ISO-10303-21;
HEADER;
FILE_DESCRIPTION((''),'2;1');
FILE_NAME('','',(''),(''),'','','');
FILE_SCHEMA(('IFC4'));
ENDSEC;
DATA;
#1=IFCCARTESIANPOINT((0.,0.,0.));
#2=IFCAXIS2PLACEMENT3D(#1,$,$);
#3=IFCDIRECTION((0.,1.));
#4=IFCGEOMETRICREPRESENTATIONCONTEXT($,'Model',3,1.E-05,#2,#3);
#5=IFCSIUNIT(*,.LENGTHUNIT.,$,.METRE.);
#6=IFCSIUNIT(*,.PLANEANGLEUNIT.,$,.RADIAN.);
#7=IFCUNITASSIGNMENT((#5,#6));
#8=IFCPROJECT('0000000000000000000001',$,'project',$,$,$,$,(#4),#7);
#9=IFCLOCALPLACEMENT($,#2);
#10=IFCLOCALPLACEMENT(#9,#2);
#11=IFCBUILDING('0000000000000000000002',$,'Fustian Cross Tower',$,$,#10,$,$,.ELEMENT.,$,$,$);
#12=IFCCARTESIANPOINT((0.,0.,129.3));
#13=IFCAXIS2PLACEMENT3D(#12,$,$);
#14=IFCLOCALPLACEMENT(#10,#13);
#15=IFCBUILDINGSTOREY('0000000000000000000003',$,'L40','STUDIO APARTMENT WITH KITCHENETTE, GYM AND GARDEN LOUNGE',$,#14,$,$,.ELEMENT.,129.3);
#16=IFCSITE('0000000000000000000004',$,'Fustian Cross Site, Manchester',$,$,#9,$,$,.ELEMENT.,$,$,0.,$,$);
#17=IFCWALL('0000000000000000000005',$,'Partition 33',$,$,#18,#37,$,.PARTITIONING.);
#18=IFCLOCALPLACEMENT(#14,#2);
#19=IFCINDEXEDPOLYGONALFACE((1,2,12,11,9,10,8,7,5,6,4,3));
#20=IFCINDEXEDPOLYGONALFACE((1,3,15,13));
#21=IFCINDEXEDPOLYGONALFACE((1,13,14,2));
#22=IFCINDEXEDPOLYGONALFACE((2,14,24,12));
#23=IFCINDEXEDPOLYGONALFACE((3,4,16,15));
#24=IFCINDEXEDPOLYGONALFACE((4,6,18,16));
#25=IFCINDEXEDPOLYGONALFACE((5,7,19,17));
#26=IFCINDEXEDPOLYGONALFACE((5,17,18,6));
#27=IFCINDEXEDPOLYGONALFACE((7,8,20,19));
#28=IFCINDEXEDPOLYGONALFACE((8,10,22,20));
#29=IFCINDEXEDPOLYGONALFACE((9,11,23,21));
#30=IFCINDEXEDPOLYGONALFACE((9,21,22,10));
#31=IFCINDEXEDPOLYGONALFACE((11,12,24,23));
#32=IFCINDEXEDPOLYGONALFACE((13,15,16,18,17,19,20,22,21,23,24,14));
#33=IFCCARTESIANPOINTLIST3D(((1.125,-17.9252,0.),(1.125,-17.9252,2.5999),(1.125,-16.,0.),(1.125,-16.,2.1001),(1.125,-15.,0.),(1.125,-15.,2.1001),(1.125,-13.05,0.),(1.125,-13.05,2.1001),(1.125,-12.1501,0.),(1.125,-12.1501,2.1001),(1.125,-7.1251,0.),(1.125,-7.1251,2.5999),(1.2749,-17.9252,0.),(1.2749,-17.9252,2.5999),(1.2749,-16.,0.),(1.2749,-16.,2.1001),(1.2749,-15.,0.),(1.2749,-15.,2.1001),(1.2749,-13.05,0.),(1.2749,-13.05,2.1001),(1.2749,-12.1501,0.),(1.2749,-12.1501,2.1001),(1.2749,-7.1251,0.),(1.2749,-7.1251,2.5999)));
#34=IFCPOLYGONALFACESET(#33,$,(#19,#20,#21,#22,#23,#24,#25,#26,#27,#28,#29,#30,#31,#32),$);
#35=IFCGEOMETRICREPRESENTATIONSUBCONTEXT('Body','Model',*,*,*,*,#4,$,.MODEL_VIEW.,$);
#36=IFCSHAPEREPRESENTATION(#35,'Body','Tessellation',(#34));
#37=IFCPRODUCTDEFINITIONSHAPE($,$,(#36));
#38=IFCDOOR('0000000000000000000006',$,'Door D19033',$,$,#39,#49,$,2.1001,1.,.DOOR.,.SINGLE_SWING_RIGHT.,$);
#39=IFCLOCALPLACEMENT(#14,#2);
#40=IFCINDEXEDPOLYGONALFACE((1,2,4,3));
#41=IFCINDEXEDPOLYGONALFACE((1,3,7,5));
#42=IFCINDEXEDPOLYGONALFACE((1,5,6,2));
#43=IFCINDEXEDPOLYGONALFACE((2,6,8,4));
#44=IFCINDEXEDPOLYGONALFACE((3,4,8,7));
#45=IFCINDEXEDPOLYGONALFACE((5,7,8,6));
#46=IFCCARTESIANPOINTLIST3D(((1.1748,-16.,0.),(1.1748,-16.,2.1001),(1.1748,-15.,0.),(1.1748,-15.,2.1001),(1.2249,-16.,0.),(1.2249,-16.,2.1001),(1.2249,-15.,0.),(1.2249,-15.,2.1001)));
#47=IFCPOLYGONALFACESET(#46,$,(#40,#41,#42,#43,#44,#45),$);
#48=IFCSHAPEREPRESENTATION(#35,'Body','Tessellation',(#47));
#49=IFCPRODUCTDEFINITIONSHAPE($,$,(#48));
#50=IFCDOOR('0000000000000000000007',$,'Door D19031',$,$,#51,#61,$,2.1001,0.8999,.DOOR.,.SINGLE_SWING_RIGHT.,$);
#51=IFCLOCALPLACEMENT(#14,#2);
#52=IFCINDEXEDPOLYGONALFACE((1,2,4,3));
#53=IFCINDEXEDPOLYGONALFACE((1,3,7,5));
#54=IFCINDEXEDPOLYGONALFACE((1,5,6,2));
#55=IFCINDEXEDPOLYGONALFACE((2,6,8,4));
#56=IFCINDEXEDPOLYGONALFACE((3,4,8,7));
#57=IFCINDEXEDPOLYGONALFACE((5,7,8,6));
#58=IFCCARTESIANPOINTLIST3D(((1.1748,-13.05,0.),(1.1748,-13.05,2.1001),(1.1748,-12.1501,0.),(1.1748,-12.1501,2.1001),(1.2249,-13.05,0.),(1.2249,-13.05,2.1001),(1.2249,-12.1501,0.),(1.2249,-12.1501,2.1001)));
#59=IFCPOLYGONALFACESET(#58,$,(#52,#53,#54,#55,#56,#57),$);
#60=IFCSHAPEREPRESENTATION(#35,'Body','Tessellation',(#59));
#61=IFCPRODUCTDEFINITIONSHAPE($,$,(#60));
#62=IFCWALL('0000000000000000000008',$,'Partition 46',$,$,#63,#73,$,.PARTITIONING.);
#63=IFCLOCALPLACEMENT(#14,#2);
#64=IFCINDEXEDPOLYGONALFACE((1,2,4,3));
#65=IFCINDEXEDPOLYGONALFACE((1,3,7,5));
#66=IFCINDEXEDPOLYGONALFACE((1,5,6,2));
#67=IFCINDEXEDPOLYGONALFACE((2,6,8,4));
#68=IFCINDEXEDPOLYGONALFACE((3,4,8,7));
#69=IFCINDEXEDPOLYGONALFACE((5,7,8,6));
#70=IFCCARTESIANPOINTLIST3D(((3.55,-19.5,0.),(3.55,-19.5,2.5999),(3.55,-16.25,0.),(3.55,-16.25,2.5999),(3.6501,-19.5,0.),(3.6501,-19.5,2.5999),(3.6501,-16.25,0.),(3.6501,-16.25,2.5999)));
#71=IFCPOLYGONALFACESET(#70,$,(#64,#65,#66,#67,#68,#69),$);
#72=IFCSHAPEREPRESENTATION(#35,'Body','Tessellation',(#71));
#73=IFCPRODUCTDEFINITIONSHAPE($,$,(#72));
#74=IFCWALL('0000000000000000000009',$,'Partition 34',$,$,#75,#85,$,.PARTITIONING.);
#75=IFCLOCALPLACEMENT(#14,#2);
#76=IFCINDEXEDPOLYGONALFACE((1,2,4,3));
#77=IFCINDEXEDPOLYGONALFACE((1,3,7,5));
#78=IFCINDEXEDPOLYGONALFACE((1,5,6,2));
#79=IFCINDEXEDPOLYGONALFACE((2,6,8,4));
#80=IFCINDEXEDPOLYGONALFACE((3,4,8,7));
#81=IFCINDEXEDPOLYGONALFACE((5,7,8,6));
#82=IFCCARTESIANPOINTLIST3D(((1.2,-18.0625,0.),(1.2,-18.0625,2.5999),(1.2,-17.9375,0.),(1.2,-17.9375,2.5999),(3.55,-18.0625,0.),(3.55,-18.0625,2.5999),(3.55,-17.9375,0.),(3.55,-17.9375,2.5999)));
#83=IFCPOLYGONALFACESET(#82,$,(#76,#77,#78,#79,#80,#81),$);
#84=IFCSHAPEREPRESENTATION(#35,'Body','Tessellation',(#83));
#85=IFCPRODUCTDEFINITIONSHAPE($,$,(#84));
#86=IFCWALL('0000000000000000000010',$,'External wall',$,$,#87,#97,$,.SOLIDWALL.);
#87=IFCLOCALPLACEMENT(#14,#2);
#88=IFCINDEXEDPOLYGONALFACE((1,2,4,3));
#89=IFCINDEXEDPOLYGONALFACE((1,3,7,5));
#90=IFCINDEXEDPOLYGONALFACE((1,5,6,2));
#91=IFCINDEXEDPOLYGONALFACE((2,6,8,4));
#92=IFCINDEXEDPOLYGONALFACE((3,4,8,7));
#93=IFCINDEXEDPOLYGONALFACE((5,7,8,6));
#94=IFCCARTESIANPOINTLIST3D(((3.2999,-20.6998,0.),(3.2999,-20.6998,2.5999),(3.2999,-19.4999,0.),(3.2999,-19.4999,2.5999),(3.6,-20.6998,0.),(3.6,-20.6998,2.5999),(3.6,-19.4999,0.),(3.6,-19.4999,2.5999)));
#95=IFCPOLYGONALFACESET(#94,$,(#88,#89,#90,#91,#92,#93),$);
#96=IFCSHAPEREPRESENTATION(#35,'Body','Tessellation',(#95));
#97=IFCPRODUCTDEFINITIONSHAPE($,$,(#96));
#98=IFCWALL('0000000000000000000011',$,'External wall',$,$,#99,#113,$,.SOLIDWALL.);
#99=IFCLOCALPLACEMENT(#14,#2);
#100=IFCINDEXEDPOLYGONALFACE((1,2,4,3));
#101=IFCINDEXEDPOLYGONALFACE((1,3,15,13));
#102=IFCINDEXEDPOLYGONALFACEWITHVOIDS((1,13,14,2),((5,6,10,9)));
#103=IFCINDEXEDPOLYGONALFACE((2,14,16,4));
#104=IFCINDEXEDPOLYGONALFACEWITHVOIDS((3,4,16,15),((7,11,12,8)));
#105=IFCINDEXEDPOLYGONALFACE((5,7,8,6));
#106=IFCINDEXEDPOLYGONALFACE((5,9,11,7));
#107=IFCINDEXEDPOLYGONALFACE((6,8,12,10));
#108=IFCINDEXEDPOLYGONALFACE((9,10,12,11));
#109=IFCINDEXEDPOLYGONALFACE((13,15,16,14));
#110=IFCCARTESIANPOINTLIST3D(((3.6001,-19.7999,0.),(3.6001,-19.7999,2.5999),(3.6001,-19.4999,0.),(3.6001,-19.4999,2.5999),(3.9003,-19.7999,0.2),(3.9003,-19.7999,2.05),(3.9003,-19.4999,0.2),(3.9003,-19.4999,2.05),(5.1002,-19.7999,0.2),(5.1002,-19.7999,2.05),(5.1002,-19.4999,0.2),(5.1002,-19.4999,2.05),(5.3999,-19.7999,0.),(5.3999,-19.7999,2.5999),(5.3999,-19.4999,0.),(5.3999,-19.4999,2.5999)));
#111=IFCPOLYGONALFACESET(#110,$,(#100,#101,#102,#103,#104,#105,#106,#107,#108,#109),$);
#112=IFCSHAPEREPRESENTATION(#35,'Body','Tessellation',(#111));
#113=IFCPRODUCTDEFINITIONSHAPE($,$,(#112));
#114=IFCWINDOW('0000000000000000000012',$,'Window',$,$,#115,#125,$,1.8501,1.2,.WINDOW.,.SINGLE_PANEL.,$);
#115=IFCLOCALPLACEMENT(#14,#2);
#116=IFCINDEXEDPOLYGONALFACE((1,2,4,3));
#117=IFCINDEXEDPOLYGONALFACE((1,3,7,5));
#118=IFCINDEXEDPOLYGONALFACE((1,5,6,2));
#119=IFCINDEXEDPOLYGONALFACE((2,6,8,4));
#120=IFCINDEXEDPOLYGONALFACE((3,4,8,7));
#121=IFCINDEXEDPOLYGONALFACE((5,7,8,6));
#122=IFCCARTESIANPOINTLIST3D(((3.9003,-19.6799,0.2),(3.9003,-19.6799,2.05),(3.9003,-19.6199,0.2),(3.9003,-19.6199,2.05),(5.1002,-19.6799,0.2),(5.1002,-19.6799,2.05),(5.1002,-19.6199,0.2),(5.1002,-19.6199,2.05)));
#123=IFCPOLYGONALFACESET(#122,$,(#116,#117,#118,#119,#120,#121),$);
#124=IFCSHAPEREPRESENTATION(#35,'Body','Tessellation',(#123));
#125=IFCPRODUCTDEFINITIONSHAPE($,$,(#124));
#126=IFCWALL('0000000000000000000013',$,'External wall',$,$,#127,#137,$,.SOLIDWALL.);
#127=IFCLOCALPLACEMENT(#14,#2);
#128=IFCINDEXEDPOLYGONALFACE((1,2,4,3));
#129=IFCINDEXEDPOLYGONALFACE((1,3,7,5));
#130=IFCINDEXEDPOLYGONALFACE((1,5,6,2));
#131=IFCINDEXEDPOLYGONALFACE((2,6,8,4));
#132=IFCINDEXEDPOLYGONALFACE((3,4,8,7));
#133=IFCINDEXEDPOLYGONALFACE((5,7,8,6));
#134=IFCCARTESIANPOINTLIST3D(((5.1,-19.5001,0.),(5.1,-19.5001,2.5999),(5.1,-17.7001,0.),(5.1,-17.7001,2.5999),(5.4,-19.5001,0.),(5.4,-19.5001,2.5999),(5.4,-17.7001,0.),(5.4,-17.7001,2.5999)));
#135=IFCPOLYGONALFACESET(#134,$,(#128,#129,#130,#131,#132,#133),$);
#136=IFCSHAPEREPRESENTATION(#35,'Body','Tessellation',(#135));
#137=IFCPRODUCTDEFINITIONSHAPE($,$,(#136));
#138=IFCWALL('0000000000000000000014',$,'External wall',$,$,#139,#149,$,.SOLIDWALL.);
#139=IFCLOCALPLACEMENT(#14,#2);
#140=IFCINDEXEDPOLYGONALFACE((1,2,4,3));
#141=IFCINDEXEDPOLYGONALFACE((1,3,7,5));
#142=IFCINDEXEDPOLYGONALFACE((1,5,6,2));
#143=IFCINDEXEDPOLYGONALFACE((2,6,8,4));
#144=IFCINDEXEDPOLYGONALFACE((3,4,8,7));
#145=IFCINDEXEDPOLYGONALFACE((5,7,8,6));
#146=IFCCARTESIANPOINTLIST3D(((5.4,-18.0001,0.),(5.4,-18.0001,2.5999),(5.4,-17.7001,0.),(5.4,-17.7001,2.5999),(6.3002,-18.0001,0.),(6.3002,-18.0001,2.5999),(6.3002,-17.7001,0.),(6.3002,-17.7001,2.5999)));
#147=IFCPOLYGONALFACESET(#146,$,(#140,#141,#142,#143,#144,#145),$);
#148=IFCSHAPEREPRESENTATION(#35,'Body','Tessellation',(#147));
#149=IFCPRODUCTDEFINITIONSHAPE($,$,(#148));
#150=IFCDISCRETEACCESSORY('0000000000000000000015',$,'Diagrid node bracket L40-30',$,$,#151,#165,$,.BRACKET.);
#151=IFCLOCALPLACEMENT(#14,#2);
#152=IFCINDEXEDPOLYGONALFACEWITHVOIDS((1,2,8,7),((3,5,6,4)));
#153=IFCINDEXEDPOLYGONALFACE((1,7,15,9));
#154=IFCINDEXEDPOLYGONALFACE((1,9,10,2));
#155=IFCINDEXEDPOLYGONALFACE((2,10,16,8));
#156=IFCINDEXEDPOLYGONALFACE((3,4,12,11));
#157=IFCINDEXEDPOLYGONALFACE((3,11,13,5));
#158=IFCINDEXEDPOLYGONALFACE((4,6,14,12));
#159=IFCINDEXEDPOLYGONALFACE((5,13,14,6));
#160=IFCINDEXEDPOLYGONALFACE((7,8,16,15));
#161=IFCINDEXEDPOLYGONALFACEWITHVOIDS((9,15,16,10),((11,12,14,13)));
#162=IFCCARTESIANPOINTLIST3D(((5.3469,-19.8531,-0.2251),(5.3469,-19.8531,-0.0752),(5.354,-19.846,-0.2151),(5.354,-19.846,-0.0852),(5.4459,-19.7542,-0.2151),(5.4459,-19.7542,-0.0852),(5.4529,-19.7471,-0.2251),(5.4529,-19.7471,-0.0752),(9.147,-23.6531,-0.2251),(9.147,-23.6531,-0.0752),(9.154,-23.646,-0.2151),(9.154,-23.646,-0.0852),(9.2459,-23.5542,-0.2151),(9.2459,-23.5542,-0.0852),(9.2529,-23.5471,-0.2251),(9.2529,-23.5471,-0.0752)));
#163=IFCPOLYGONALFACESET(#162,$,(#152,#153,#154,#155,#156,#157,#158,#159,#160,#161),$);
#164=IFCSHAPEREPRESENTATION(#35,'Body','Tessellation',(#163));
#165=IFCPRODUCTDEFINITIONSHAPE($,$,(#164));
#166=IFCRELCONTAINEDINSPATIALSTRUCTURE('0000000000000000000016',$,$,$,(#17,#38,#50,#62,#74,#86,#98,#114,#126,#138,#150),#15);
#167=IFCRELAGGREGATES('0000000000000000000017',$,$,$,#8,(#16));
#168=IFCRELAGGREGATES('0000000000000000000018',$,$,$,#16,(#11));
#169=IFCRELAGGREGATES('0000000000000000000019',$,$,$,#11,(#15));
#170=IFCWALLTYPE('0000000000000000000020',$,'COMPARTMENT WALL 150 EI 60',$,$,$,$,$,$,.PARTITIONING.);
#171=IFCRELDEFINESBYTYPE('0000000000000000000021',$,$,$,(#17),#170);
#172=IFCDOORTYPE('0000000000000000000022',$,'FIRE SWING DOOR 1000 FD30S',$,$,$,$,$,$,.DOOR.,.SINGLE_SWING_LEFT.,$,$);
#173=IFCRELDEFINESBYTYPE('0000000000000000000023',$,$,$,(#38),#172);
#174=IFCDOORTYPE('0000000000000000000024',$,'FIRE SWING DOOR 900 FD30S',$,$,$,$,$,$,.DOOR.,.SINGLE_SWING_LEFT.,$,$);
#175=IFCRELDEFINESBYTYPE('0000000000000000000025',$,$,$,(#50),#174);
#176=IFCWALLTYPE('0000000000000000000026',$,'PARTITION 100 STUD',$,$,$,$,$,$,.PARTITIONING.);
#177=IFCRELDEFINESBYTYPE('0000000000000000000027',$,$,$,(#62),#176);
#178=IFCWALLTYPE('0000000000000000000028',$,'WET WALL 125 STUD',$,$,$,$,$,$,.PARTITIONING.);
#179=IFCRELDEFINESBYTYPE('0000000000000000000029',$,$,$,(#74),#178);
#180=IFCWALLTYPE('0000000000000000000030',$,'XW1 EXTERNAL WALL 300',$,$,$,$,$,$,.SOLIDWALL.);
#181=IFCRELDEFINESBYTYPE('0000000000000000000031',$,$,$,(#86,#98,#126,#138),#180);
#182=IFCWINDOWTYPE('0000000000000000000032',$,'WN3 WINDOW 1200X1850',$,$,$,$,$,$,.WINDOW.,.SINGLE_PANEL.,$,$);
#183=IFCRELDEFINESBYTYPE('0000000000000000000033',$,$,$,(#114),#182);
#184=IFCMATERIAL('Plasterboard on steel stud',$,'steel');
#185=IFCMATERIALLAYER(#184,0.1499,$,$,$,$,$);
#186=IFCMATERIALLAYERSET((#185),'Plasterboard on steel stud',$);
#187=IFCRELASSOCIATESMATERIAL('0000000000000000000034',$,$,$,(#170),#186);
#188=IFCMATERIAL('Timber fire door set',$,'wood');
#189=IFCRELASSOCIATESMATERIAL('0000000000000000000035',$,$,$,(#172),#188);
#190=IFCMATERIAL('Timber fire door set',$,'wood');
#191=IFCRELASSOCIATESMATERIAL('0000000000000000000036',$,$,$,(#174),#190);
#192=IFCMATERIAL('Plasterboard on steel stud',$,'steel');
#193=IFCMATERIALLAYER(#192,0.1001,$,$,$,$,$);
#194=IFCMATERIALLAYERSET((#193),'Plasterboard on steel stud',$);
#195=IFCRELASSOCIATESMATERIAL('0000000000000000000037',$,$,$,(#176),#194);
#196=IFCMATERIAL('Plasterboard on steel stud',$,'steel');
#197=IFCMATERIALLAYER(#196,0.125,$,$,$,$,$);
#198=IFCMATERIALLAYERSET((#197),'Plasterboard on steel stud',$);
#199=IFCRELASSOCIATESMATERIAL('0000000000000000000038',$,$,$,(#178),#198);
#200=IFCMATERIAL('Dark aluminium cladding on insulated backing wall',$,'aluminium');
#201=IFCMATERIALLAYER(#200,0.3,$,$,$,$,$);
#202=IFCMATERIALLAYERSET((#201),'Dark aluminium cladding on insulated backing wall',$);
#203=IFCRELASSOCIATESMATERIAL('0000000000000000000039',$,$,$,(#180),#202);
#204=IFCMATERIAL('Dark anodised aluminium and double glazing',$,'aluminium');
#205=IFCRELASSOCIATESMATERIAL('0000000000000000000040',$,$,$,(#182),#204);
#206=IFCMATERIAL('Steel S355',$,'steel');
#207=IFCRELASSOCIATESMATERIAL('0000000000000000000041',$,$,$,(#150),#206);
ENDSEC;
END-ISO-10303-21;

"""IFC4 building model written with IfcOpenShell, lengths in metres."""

from ifc_helpers import new_model, si_unit, direction, frame, frame_2d, origin, origin_2d, place, context, subcontext, project, spatial, rectangle, hollow_rectangle, extrude, material, layer, layer_set, type_object, element, fill, save


model = new_model("IFC4")

# Units and contexts
model_context = context("Model", 3, precision=1e-05, world=origin(), true_north=direction((0.0, 1.0)))
body_context = subcontext(model_context, "Body", "Model", "MODEL_VIEW")
ifc_project = project(units=[si_unit("LENGTHUNIT", "METRE"), si_unit("PLANEANGLEUNIT", "RADIAN")], contexts=[model_context])

# Site, building, storey
site_placement = place(None, origin())
site = spatial("IfcSite", under=ifc_project, at=site_placement, Name="Fustian Cross Site, Manchester", CompositionType="ELEMENT", RefElevation=0.0)
building_placement = place(site_placement, origin())
building = spatial("IfcBuilding", under=site, at=building_placement, Name="Fustian Cross Tower", CompositionType="ELEMENT")
storey_placement = place(building_placement, frame((0.0, 0.0, 129.3)))
storey = spatial("IfcBuildingStorey", under=building, at=storey_placement, Name="L40", Description="STUDIO APARTMENT WITH KITCHENETTE, GYM AND GARDEN LOUNGE", CompositionType="ELEMENT", Elevation=129.3)

# Wall, openings, doors
ifc_material_1 = material(Name="Plasterboard on steel stud", Category="steel")
ifc_layer_1 = layer(ifc_material_1, 0.1499)
ifc_layer_set_1 = layer_set([ifc_layer_1], Name="Plasterboard on steel stud")
wall_type_1 = type_object("IfcWallType", Name="COMPARTMENT WALL 150 EI 60", PredefinedType="PARTITIONING", material=ifc_layer_set_1)
wall_1_placement = place(storey_placement, frame((1.2, -17.925, 0.0), z_axis=(0.0, 0.0, 1.0), x_axis=(0.0, 1.0, 0.0)))
wall_1 = element("IfcWall", 1, at=wall_1_placement, inside=storey, type_object=wall_type_1, Name="Partition 33", PredefinedType="PARTITIONING", context=body_context, shape_type="SweptSolid", body=[
    extrude(rectangle(XDim=10.8, YDim=0.1499, at=frame_2d((5.3999, 0.0))), origin(), (0.0, 0.0, 1.0), 2.5999),
])
opening_1_placement = place(wall_1_placement, frame((4.875, 0.0, 0.0)))
opening_1 = element("IfcOpeningElement", 2, at=opening_1_placement, cuts=wall_1, PredefinedType="OPENING", context=body_context, shape_type="SweptSolid", body=[
    extrude(rectangle(XDim=0.8999, YDim=2.1001, at=frame_2d((0.45, 1.05))), frame((0.0, 0.085, 0.0), z_axis=(0.0, -1.0, 0.0), x_axis=(1.0, 0.0, 0.0)), (0.0, 0.0, 1.0), 0.1699),
])
opening_2_placement = place(wall_1_placement, frame((1.925, 0.0, 0.0)))
opening_2 = element("IfcOpeningElement", 3, at=opening_2_placement, cuts=wall_1, PredefinedType="OPENING", context=body_context, shape_type="SweptSolid", body=[
    extrude(rectangle(XDim=1.0, YDim=2.1001, at=frame_2d((0.5, 1.05))), frame((0.0, 0.085, 0.0), z_axis=(0.0, -1.0, 0.0), x_axis=(1.0, 0.0, 0.0)), (0.0, 0.0, 1.0), 0.1699),
])
ifc_material_2 = material(Name="Timber fire door set", Category="wood")
door_type_1 = type_object("IfcDoorType", Name="FIRE SWING DOOR 1000 FD30S", OperationType="SINGLE_SWING_LEFT", PredefinedType="DOOR", material=ifc_material_2)
door_1_placement = place(opening_2_placement, frame((1.0, 0.0, 0.0), z_axis=(0.0, 0.0, 1.0), x_axis=(-1.0, 0.0, 0.0)))
door_1 = element("IfcDoor", 4, at=door_1_placement, inside=storey, type_object=door_type_1, Name="Door D19033", OperationType="SINGLE_SWING_RIGHT", OverallHeight=2.1001, OverallWidth=1.0, PredefinedType="DOOR", context=body_context, shape_type="SweptSolid", body=[
    extrude(rectangle(XDim=1.0, YDim=2.1001, at=frame_2d((0.5, 1.05))), frame((0.0, 0.0249, 0.0), z_axis=(0.0, -1.0, 0.0), x_axis=(1.0, 0.0, 0.0)), (0.0, 0.0, 1.0), 0.05),
])
fill(opening_2, door_1)
ifc_material_3 = material(Name="Timber fire door set", Category="wood")
door_type_2 = type_object("IfcDoorType", Name="FIRE SWING DOOR 900 FD30S", OperationType="SINGLE_SWING_LEFT", PredefinedType="DOOR", material=ifc_material_3)
door_2_placement = place(opening_1_placement, frame((0.8999, 0.0, 0.0), z_axis=(0.0, 0.0, 1.0), x_axis=(-1.0, 0.0, 0.0)))
door_2 = element("IfcDoor", 5, at=door_2_placement, inside=storey, type_object=door_type_2, Name="Door D19031", OperationType="SINGLE_SWING_RIGHT", OverallHeight=2.1001, OverallWidth=0.8999, PredefinedType="DOOR", context=body_context, shape_type="SweptSolid", body=[
    extrude(rectangle(XDim=0.8999, YDim=2.1001, at=frame_2d((0.45, 1.05))), frame((0.0, 0.0249, 0.0), z_axis=(0.0, -1.0, 0.0), x_axis=(1.0, 0.0, 0.0)), (0.0, 0.0, 1.0), 0.05),
])
fill(opening_1, door_2)

# Walls
ifc_material_4 = material(Name="Plasterboard on steel stud", Category="steel")
ifc_layer_2 = layer(ifc_material_4, 0.1001)
ifc_layer_set_2 = layer_set([ifc_layer_2], Name="Plasterboard on steel stud")
wall_type_2 = type_object("IfcWallType", Name="PARTITION 100 STUD", PredefinedType="PARTITIONING", material=ifc_layer_set_2)
wall_2_placement = place(storey_placement, frame((3.6001, -19.5, 0.0), z_axis=(0.0, 0.0, 1.0), x_axis=(0.0, 1.0, 0.0)))
element("IfcWall", 6, at=wall_2_placement, inside=storey, type_object=wall_type_2, Name="Partition 46", PredefinedType="PARTITIONING", context=body_context, shape_type="SweptSolid", body=[
    extrude(rectangle(XDim=3.25, YDim=0.1001, at=frame_2d((1.625, 0.0))), origin(), (0.0, 0.0, 1.0), 2.5999),
])
ifc_material_5 = material(Name="Plasterboard on steel stud", Category="steel")
ifc_layer_3 = layer(ifc_material_5, 0.125)
ifc_layer_set_3 = layer_set([ifc_layer_3], Name="Plasterboard on steel stud")
wall_type_3 = type_object("IfcWallType", Name="WET WALL 125 STUD", PredefinedType="PARTITIONING", material=ifc_layer_set_3)
wall_3_placement = place(storey_placement, frame((1.2, -18.0, 0.0), z_axis=(0.0, 0.0, 1.0), x_axis=(1.0, 0.0, 0.0)))
element("IfcWall", 7, at=wall_3_placement, inside=storey, type_object=wall_type_3, Name="Partition 34", PredefinedType="PARTITIONING", context=body_context, shape_type="SweptSolid", body=[
    extrude(rectangle(XDim=2.3501, YDim=0.125, at=frame_2d((1.175, 0.0))), origin(), (0.0, 0.0, 1.0), 2.5999),
])
ifc_material_6 = material(Name="Dark aluminium cladding on insulated backing wall", Category="aluminium")
ifc_layer_4 = layer(ifc_material_6, 0.3)
ifc_layer_set_4 = layer_set([ifc_layer_4], Name="Dark aluminium cladding on insulated backing wall")
wall_type_4 = type_object("IfcWallType", Name="XW1 EXTERNAL WALL 300", PredefinedType="SOLIDWALL", material=ifc_layer_set_4)
wall_4_placement = place(storey_placement, frame((3.45, -20.7, 0.0), z_axis=(0.0, 0.0, 1.0), x_axis=(0.0, 1.0, 0.0)))
element("IfcWall", 8, at=wall_4_placement, inside=storey, type_object=wall_type_4, Name="External wall", PredefinedType="SOLIDWALL", context=body_context, shape_type="SweptSolid", body=[
    extrude(rectangle(XDim=1.2, YDim=0.3, at=frame_2d((0.6001, 0.0))), origin(), (0.0, 0.0, 1.0), 2.5999),
])

# Wall, opening, window
wall_5_placement = place(storey_placement, frame((3.6001, -19.6499, 0.0), z_axis=(0.0, 0.0, 1.0), x_axis=(1.0, 0.0, 0.0)))
wall_5 = element("IfcWall", 9, at=wall_5_placement, inside=storey, type_object=wall_type_4, Name="External wall", PredefinedType="SOLIDWALL", context=body_context, shape_type="SweptSolid", body=[
    extrude(rectangle(XDim=1.7998, YDim=0.3, at=frame_2d((0.8999, 0.0))), origin(), (0.0, 0.0, 1.0), 2.5999),
])
opening_3_placement = place(wall_5_placement, frame((0.3, 0.0, 0.2)))
opening_3 = element("IfcOpeningElement", 10, at=opening_3_placement, cuts=wall_5, PredefinedType="OPENING", context=body_context, shape_type="SweptSolid", body=[
    extrude(rectangle(XDim=1.2, YDim=1.8501, at=frame_2d((0.6001, 0.925))), frame((0.0, 0.1599, 0.0), z_axis=(0.0, -1.0, 0.0), x_axis=(1.0, 0.0, 0.0)), (0.0, 0.0, 1.0), 0.3201),
])
ifc_material_7 = material(Name="Dark anodised aluminium and double glazing", Category="aluminium")
window_type = type_object("IfcWindowType", Name="WN3 WINDOW 1200X1850", PartitioningType="SINGLE_PANEL", PredefinedType="WINDOW", material=ifc_material_7)
window_placement = place(opening_3_placement, origin())
window = element("IfcWindow", 11, at=window_placement, inside=storey, type_object=window_type, Name="Window", OverallHeight=1.8501, OverallWidth=1.2, PartitioningType="SINGLE_PANEL", PredefinedType="WINDOW", context=body_context, shape_type="SweptSolid", body=[
    extrude(rectangle(XDim=1.2, YDim=1.8501, at=frame_2d((0.6001, 0.925))), frame((0.0, 0.03, 0.0), z_axis=(0.0, -1.0, 0.0), x_axis=(1.0, 0.0, 0.0)), (0.0, 0.0, 1.0), 0.0601),
])
fill(opening_3, window)

# Walls
wall_6_placement = place(storey_placement, frame((5.25, -19.5, 0.0), z_axis=(0.0, 0.0, 1.0), x_axis=(0.0, 1.0, 0.0)))
element("IfcWall", 12, at=wall_6_placement, inside=storey, type_object=wall_type_4, Name="External wall", PredefinedType="SOLIDWALL", context=body_context, shape_type="SweptSolid", body=[
    extrude(rectangle(XDim=1.8, YDim=0.3, at=frame_2d((0.8999, 0.0))), origin(), (0.0, 0.0, 1.0), 2.5999),
])
wall_7_placement = place(storey_placement, frame((5.3999, -17.8501, 0.0), z_axis=(0.0, 0.0, 1.0), x_axis=(1.0, 0.0, 0.0)))
element("IfcWall", 13, at=wall_7_placement, inside=storey, type_object=wall_type_4, Name="External wall", PredefinedType="SOLIDWALL", context=body_context, shape_type="SweptSolid", body=[
    extrude(rectangle(XDim=0.9001, YDim=0.3, at=frame_2d((0.4502, 0.0))), origin(), (0.0, 0.0, 1.0), 2.5999),
])

# Discrete accessory
ifc_material_8 = material(Name="Steel S355", Category="steel")
discrete_accessory_placement = place(storey_placement, frame((9.2, -23.6001, -0.1501), z_axis=(-0.707107, 0.707107, 0.0), x_axis=(-0.707107, -0.707107, 0.0)))
element("IfcDiscreteAccessory", 14, at=discrete_accessory_placement, inside=storey, material=ifc_material_8, Name="Diagrid node bracket L40-30", PredefinedType="BRACKET", context=body_context, shape_type="SweptSolid", body=[
    extrude(hollow_rectangle(XDim=0.1499, YDim=0.1499, WallThickness=0.01, at=origin_2d()), origin(), (0.0, 0.0, 1.0), 5.374),
])

save(model, "model.ifc")
